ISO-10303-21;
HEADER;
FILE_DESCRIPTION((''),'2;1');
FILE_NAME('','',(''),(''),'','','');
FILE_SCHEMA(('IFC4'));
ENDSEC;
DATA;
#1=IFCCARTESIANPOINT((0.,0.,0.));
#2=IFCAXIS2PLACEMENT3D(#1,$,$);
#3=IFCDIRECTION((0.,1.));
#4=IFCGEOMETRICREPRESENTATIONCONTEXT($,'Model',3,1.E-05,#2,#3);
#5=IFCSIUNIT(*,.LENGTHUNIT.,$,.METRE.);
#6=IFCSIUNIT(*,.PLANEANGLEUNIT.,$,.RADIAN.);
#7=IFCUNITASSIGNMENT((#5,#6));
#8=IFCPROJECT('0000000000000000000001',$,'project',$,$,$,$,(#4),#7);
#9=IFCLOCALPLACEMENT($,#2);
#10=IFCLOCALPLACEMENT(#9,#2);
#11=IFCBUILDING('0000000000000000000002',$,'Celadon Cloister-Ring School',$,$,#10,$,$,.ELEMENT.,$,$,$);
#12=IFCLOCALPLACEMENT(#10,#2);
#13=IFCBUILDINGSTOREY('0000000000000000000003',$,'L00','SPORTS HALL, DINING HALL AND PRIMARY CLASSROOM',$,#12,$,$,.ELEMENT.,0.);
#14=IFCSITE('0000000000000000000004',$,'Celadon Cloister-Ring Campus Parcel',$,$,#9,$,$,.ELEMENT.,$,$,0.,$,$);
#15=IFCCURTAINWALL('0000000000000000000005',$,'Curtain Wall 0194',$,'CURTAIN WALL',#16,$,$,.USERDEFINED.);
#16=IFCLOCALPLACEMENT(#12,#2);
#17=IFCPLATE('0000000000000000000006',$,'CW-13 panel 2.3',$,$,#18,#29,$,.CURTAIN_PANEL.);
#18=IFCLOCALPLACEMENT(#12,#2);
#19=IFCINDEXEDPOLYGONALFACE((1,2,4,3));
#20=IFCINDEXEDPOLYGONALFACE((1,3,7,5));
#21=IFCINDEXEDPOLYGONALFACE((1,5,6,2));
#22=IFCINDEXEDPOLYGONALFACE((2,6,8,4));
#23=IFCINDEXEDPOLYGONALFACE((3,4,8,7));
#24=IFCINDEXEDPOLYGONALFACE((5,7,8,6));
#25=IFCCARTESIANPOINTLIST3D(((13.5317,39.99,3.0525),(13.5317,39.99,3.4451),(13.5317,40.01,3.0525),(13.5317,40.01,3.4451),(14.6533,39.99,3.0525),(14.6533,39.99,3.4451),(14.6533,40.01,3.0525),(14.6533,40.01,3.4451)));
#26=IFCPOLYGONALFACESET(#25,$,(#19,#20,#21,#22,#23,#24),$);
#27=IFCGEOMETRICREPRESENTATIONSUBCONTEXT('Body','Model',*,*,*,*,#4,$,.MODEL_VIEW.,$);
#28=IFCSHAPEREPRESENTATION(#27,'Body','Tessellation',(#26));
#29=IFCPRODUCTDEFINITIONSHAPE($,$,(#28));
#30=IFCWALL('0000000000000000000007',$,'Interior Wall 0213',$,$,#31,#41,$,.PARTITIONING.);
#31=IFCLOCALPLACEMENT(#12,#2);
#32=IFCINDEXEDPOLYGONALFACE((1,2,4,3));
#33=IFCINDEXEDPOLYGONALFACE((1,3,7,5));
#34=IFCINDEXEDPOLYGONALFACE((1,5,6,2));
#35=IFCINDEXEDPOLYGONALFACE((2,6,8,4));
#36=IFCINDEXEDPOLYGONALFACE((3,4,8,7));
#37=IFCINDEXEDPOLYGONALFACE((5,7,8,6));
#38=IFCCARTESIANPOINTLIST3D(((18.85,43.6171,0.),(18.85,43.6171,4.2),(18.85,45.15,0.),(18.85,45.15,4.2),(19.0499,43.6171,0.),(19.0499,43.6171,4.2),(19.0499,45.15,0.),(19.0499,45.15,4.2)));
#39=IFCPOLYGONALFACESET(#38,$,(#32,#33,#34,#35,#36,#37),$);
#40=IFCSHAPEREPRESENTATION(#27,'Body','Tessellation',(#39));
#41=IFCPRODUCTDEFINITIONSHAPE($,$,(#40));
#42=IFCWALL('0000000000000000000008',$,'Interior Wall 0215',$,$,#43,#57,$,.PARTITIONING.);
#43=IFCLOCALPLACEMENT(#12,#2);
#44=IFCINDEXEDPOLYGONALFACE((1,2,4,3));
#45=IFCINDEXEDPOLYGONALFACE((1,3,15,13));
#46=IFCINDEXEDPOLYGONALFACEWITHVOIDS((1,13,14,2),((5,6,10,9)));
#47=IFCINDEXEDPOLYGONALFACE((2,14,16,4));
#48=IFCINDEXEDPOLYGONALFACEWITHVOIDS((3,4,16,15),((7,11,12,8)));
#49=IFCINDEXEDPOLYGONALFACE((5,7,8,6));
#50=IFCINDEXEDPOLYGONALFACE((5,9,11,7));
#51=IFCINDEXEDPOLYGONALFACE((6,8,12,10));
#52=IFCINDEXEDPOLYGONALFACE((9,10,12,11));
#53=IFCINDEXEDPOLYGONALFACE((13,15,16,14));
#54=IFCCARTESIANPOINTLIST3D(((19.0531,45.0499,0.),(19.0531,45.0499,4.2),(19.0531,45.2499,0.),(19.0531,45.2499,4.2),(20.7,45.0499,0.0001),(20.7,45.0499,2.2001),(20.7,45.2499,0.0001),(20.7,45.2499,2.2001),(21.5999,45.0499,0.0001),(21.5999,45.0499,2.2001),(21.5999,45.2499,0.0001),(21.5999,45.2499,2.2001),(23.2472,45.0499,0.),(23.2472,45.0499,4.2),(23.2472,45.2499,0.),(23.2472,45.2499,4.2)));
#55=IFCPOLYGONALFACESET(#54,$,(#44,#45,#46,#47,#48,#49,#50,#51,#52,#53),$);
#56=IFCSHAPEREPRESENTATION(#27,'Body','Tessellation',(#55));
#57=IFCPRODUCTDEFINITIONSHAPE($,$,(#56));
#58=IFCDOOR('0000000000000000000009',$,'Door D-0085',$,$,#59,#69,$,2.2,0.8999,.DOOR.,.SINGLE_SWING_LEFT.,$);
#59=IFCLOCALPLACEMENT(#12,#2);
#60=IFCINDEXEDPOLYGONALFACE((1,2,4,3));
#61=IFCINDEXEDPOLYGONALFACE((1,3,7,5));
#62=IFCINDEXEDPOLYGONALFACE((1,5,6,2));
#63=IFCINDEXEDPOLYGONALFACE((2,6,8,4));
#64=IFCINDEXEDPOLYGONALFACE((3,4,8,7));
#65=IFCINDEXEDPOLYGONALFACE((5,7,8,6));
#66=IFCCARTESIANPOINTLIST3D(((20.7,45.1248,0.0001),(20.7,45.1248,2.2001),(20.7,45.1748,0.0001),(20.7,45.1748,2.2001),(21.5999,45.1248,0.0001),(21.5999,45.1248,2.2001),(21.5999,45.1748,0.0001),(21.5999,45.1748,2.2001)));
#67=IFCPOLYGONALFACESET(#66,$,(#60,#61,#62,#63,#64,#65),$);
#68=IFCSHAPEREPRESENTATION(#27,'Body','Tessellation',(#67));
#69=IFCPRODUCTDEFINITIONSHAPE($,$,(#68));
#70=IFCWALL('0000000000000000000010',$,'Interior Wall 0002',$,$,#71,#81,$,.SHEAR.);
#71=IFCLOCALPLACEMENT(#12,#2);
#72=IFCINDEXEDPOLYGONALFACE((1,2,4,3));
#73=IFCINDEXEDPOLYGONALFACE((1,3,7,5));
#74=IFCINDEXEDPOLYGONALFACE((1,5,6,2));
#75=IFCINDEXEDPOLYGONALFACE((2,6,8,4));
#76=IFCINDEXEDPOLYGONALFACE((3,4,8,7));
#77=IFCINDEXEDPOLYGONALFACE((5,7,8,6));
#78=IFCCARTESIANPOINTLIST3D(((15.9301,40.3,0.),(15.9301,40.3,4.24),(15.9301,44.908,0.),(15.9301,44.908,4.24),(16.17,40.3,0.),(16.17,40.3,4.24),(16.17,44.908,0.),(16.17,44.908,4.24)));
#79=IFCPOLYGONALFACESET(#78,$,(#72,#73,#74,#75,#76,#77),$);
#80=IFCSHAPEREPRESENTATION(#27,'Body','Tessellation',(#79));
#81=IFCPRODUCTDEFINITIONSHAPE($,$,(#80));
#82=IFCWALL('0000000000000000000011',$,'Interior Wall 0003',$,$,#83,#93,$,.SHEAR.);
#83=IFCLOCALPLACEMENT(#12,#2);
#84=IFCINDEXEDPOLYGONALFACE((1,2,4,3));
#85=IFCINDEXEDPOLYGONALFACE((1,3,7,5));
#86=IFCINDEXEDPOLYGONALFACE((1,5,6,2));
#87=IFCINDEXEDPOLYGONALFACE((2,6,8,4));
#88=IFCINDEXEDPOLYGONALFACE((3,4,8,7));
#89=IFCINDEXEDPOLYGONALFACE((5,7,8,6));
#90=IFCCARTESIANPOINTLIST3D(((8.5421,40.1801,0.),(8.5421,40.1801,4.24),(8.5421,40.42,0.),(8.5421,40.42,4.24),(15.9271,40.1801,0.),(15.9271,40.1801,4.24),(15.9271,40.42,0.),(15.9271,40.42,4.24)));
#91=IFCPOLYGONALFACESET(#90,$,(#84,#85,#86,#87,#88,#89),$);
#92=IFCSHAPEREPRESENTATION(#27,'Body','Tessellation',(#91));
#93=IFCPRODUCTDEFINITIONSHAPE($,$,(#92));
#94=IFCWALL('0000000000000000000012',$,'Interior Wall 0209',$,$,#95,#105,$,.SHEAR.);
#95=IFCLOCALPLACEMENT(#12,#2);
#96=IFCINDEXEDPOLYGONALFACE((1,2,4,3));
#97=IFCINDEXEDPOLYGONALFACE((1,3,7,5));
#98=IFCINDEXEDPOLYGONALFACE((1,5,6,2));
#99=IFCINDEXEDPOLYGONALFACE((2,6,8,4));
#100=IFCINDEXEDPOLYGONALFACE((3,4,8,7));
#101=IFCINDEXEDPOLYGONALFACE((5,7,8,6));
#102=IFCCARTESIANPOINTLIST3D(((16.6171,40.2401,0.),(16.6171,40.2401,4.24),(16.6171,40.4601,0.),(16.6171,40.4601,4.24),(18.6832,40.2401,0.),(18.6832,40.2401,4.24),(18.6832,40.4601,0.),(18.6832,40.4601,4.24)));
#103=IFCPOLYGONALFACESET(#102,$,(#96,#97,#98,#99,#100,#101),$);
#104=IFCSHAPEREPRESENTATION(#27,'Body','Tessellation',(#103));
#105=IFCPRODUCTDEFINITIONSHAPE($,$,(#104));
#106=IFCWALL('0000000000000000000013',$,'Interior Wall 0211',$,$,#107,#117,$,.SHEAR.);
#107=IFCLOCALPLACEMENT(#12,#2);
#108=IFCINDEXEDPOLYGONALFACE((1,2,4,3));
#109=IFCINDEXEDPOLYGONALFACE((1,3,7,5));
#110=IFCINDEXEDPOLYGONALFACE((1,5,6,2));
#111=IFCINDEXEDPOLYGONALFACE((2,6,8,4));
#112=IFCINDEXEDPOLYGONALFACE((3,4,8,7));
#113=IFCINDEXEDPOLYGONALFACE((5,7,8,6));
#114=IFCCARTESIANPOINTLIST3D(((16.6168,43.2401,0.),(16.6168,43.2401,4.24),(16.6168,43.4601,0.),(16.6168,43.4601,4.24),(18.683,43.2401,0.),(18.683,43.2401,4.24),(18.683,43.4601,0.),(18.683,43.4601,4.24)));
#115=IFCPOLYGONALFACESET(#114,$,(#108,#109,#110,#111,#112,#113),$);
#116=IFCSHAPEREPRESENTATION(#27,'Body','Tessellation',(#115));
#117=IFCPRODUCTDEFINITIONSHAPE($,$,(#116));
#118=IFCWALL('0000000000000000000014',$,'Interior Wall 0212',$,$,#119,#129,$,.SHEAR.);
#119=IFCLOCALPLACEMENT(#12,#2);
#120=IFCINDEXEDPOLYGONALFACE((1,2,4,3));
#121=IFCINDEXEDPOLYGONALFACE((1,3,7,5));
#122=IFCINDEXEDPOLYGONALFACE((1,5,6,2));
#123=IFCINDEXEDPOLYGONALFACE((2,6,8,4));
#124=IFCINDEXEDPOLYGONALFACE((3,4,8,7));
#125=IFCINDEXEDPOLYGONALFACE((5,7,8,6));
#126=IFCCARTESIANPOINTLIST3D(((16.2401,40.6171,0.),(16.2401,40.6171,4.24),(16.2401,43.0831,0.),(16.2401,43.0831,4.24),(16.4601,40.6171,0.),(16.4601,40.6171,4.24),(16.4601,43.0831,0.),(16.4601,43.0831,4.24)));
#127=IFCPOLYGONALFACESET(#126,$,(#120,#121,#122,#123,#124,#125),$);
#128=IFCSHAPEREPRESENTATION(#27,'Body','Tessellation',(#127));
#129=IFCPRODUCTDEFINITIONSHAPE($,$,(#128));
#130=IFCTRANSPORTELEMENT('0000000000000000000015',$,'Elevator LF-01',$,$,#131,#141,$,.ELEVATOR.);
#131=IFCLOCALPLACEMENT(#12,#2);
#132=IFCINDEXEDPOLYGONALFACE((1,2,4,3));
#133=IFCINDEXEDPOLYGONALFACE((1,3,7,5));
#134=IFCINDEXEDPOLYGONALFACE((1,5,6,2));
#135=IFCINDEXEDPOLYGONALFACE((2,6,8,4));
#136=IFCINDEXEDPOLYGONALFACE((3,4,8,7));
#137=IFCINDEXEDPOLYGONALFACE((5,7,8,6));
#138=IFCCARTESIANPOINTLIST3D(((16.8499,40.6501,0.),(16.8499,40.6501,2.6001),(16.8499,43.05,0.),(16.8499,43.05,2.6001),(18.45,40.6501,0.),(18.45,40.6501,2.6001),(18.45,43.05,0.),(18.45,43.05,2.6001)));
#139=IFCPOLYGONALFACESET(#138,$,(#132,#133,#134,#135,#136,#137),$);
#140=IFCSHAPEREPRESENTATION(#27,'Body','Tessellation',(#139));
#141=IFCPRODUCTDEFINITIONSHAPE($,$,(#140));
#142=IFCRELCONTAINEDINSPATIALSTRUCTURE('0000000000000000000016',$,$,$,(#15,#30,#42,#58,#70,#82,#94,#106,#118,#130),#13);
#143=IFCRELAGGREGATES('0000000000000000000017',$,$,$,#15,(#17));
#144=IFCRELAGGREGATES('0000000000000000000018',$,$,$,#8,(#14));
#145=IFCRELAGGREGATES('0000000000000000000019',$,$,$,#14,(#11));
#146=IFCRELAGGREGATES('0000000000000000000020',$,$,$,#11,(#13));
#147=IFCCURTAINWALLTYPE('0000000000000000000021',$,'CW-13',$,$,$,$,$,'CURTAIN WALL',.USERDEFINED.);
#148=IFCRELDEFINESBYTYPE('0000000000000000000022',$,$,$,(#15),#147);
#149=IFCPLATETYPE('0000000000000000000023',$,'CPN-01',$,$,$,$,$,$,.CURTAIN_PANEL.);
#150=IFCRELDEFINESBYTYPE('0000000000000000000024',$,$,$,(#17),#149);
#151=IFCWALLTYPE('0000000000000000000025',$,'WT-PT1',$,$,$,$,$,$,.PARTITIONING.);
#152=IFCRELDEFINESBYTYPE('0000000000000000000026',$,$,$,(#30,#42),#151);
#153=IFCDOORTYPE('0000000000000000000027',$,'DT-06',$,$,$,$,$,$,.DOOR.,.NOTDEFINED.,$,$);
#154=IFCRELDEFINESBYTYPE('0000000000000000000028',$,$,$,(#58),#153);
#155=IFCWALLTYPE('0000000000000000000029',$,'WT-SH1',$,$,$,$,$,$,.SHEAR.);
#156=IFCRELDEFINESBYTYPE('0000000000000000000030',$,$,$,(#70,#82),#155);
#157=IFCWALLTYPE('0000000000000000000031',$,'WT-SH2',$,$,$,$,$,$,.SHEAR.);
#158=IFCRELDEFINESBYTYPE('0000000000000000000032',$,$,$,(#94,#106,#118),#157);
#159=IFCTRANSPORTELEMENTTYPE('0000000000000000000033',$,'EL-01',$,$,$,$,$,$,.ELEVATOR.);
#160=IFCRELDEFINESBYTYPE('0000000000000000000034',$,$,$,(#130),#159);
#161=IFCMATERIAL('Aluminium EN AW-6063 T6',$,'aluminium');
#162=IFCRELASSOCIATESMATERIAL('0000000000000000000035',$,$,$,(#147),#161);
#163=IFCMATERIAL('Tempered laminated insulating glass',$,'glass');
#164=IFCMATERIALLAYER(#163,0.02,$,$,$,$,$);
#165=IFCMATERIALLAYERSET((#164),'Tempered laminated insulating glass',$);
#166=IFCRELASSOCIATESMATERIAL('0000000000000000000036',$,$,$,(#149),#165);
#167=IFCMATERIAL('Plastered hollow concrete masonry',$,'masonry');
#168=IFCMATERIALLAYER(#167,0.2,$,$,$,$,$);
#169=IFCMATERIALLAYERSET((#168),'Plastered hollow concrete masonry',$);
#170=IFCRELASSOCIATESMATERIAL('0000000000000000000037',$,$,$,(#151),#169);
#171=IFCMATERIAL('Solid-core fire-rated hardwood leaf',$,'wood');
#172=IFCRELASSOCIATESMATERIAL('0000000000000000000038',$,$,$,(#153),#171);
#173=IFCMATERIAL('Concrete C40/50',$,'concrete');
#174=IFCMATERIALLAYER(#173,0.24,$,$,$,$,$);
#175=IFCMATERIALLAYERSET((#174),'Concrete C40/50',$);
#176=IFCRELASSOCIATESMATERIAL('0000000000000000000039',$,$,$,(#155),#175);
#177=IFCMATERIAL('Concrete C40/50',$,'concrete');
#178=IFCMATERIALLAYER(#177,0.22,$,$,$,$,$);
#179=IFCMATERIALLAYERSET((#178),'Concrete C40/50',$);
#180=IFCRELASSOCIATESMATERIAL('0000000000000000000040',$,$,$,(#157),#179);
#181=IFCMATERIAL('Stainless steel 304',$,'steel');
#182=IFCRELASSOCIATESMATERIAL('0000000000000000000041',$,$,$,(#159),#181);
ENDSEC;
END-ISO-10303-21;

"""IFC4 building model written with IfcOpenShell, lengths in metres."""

from ifc_helpers import new_model, si_unit, direction, frame, frame_2d, origin, origin_2d, place, context, subcontext, project, spatial, rectangle, extrude, material, layer, layer_set, type_object, element, fill, aggregate, save


model = new_model("IFC4")

# Units and contexts
model_context = context("Model", 3, precision=1e-05, world=origin(), true_north=direction((0.0, 1.0)))
body_context = subcontext(model_context, "Body", "Model", "MODEL_VIEW")
ifc_project = project(units=[si_unit("LENGTHUNIT", "METRE"), si_unit("PLANEANGLEUNIT", "RADIAN")], contexts=[model_context])

# Site, building, storey
site_placement = place(None, origin())
site = spatial("IfcSite", under=ifc_project, at=site_placement, Name="Celadon Cloister-Ring Campus Parcel", CompositionType="ELEMENT", RefElevation=0.0)
building_placement = place(site_placement, origin())
building = spatial("IfcBuilding", under=site, at=building_placement, Name="Celadon Cloister-Ring School", CompositionType="ELEMENT")
storey_placement = place(building_placement, origin())
storey = spatial("IfcBuildingStorey", under=building, at=storey_placement, Name="L00", Description="SPORTS HALL, DINING HALL AND PRIMARY CLASSROOM", CompositionType="ELEMENT", Elevation=0.0)

# Curtain wall
ifc_material_1 = material(Name="Aluminium EN AW-6063 T6", Category="aluminium")
curtain_wall_type = type_object("IfcCurtainWallType", Name="CW-13", ElementType="CURTAIN WALL", PredefinedType="USERDEFINED", material=ifc_material_1)
curtain_wall_placement = place(storey_placement, origin())
curtain_wall = element("IfcCurtainWall", 1, at=curtain_wall_placement, inside=storey, type_object=curtain_wall_type, Name="Curtain Wall 0194", ObjectType="CURTAIN WALL", PredefinedType="USERDEFINED")

# Plate
ifc_material_2 = material(Name="Tempered laminated insulating glass", Category="glass")
ifc_layer_1 = layer(ifc_material_2, 0.02)
ifc_layer_set_1 = layer_set([ifc_layer_1], Name="Tempered laminated insulating glass")
plate_type = type_object("IfcPlateType", Name="CPN-01", PredefinedType="CURTAIN_PANEL", material=ifc_layer_set_1)
plate_1_placement = place(storey_placement, frame((14.0925, 40.0, 3.0525), z_axis=(0.0, 0.0, 1.0), x_axis=(-1.0, 0.0, 0.0)))
plate_1 = element("IfcPlate", 2, at=plate_1_placement, type_object=plate_type, Name="CW-13 panel 2.3", PredefinedType="CURTAIN_PANEL", context=body_context, shape_type="SweptSolid", body=[
    extrude(rectangle(XDim=1.1216, YDim=0.02, at=origin_2d()), origin(), (0.0, 0.0, 1.0), 0.3926),
])
aggregate(curtain_wall, [plate_1])

# Wall
ifc_material_3 = material(Name="Plastered hollow concrete masonry", Category="masonry")
ifc_layer_2 = layer(ifc_material_3, 0.2)
ifc_layer_set_2 = layer_set([ifc_layer_2], Name="Plastered hollow concrete masonry")
wall_type_1 = type_object("IfcWallType", Name="WT-PT1", PredefinedType="PARTITIONING", material=ifc_layer_set_2)
wall_1_placement = place(storey_placement, frame((18.95, 43.6169, 0.0), z_axis=(0.0, 0.0, 1.0), x_axis=(0.0, 1.0, 0.0)))
element("IfcWall", 3, at=wall_1_placement, inside=storey, type_object=wall_type_1, Name="Interior Wall 0213", PredefinedType="PARTITIONING", context=body_context, shape_type="SweptSolid", body=[
    extrude(rectangle(XDim=1.533, YDim=0.2, at=frame_2d((0.7666, 0.0))), origin(), (0.0, 0.0, 1.0), 4.2),
])

# Wall, opening, door
wall_2_placement = place(storey_placement, frame((19.053, 45.1499, 0.0), z_axis=(0.0, 0.0, 1.0), x_axis=(1.0, 0.0, 0.0)))
wall_2 = element("IfcWall", 4, at=wall_2_placement, inside=storey, type_object=wall_type_1, Name="Interior Wall 0215", PredefinedType="PARTITIONING", context=body_context, shape_type="SweptSolid", body=[
    extrude(rectangle(XDim=4.1941, YDim=0.2, at=frame_2d((2.0972, 0.0))), origin(), (0.0, 0.0, 1.0), 4.2),
])
opening_1_placement = place(wall_2_placement, frame((1.647, 0.0, 0.0)))
opening_1 = element("IfcOpeningElement", 5, at=opening_1_placement, cuts=wall_2, PredefinedType="OPENING", context=body_context, shape_type="SweptSolid", body=[
    extrude(rectangle(XDim=0.8999, YDim=2.2, at=frame_2d((0.45, 1.1001))), frame((0.0, 0.1099, 0.0), z_axis=(0.0, -1.0, 0.0), x_axis=(1.0, 0.0, 0.0)), (0.0, 0.0, 1.0), 0.22),
])
ifc_material_4 = material(Name="Solid-core fire-rated hardwood leaf", Category="wood")
door_type_1 = type_object("IfcDoorType", Name="DT-06", OperationType="NOTDEFINED", PredefinedType="DOOR", material=ifc_material_4)
door_1_placement = place(opening_1_placement, origin())
door_1 = element("IfcDoor", 6, at=door_1_placement, inside=storey, type_object=door_type_1, Name="Door D-0085", OperationType="SINGLE_SWING_LEFT", OverallHeight=2.2, OverallWidth=0.8999, PredefinedType="DOOR", context=body_context, shape_type="SweptSolid", body=[
    extrude(rectangle(XDim=0.8999, YDim=2.2, at=frame_2d((0.45, 1.1001))), frame((0.0, 0.0249, 0.0), z_axis=(0.0, -1.0, 0.0), x_axis=(1.0, 0.0, 0.0)), (0.0, 0.0, 1.0), 0.05),
])
fill(opening_1, door_1)

# Walls
ifc_material_5 = material(Name="Concrete C40/50", Category="concrete")
ifc_layer_3 = layer(ifc_material_5, 0.24)
ifc_layer_set_3 = layer_set([ifc_layer_3], Name="Concrete C40/50")
wall_type_2 = type_object("IfcWallType", Name="WT-SH1", PredefinedType="SHEAR", material=ifc_layer_set_3)
wall_3_placement = place(storey_placement, frame((16.05, 44.908, 0.0), z_axis=(0.0, 0.0, 1.0), x_axis=(0.0, -1.0, 0.0)))
element("IfcWall", 7, at=wall_3_placement, inside=storey, type_object=wall_type_2, Name="Interior Wall 0002", PredefinedType="SHEAR", context=body_context, shape_type="SweptSolid", body=[
    extrude(rectangle(XDim=4.6079, YDim=0.24, at=frame_2d((2.304, 0.0))), origin(), (0.0, 0.0, 1.0), 4.24),
])
wall_4_placement = place(storey_placement, frame((15.927, 40.3, 0.0), z_axis=(0.0, 0.0, 1.0), x_axis=(-1.0, 0.0, 0.0)))
element("IfcWall", 8, at=wall_4_placement, inside=storey, type_object=wall_type_2, Name="Interior Wall 0003", PredefinedType="SHEAR", context=body_context, shape_type="SweptSolid", body=[
    extrude(rectangle(XDim=7.385, YDim=0.24, at=frame_2d((3.6924, 0.0))), origin(), (0.0, 0.0, 1.0), 4.24),
])
ifc_material_6 = material(Name="Concrete C40/50", Category="concrete")
ifc_layer_4 = layer(ifc_material_6, 0.22)
ifc_layer_set_4 = layer_set([ifc_layer_4], Name="Concrete C40/50")
wall_type_3 = type_object("IfcWallType", Name="WT-SH2", PredefinedType="SHEAR", material=ifc_layer_set_4)
wall_5_placement = place(storey_placement, frame((16.6169, 40.3501, 0.0), z_axis=(0.0, 0.0, 1.0), x_axis=(1.0, 0.0, 0.0)))
element("IfcWall", 9, at=wall_5_placement, inside=storey, type_object=wall_type_3, Name="Interior Wall 0209", PredefinedType="SHEAR", context=body_context, shape_type="SweptSolid", body=[
    extrude(rectangle(XDim=2.0662, YDim=0.22, at=frame_2d((1.0332, 0.0))), origin(), (0.0, 0.0, 1.0), 4.24),
])

# Walls
wall_6_placement = place(storey_placement, frame((18.6831, 43.3501, 0.0), z_axis=(0.0, 0.0, 1.0), x_axis=(-1.0, 0.0, 0.0)))
element("IfcWall", 10, at=wall_6_placement, inside=storey, type_object=wall_type_3, Name="Interior Wall 0211", PredefinedType="SHEAR", context=body_context, shape_type="SweptSolid", body=[
    extrude(rectangle(XDim=2.0662, YDim=0.22, at=frame_2d((1.0332, 0.0))), origin(), (0.0, 0.0, 1.0), 4.24),
])
wall_7_placement = place(storey_placement, frame((16.3501, 43.083, 0.0), z_axis=(0.0, 0.0, 1.0), x_axis=(0.0, -1.0, 0.0)))
element("IfcWall", 11, at=wall_7_placement, inside=storey, type_object=wall_type_3, Name="Interior Wall 0212", PredefinedType="SHEAR", context=body_context, shape_type="SweptSolid", body=[
    extrude(rectangle(XDim=2.4661, YDim=0.22, at=frame_2d((1.2329, 0.0))), origin(), (0.0, 0.0, 1.0), 4.24),
])

# Transport element
ifc_material_7 = material(Name="Stainless steel 304", Category="steel")
transport_element_type = type_object("IfcTransportElementType", Name="EL-01", PredefinedType="ELEVATOR", material=ifc_material_7)
transport_element_placement = place(storey_placement, frame((17.6499, 41.8501, 0.0), z_axis=(0.0, 0.0, 1.0), x_axis=(1.0, 0.0, 0.0)))
element("IfcTransportElement", 12, at=transport_element_placement, inside=storey, type_object=transport_element_type, Name="Elevator LF-01", PredefinedType="ELEVATOR", context=body_context, shape_type="SweptSolid", body=[
    extrude(rectangle(XDim=1.6001, YDim=2.3999, at=origin_2d()), origin(), (0.0, 0.0, 1.0), 2.6001),
])

save(model, "model.ifc")
